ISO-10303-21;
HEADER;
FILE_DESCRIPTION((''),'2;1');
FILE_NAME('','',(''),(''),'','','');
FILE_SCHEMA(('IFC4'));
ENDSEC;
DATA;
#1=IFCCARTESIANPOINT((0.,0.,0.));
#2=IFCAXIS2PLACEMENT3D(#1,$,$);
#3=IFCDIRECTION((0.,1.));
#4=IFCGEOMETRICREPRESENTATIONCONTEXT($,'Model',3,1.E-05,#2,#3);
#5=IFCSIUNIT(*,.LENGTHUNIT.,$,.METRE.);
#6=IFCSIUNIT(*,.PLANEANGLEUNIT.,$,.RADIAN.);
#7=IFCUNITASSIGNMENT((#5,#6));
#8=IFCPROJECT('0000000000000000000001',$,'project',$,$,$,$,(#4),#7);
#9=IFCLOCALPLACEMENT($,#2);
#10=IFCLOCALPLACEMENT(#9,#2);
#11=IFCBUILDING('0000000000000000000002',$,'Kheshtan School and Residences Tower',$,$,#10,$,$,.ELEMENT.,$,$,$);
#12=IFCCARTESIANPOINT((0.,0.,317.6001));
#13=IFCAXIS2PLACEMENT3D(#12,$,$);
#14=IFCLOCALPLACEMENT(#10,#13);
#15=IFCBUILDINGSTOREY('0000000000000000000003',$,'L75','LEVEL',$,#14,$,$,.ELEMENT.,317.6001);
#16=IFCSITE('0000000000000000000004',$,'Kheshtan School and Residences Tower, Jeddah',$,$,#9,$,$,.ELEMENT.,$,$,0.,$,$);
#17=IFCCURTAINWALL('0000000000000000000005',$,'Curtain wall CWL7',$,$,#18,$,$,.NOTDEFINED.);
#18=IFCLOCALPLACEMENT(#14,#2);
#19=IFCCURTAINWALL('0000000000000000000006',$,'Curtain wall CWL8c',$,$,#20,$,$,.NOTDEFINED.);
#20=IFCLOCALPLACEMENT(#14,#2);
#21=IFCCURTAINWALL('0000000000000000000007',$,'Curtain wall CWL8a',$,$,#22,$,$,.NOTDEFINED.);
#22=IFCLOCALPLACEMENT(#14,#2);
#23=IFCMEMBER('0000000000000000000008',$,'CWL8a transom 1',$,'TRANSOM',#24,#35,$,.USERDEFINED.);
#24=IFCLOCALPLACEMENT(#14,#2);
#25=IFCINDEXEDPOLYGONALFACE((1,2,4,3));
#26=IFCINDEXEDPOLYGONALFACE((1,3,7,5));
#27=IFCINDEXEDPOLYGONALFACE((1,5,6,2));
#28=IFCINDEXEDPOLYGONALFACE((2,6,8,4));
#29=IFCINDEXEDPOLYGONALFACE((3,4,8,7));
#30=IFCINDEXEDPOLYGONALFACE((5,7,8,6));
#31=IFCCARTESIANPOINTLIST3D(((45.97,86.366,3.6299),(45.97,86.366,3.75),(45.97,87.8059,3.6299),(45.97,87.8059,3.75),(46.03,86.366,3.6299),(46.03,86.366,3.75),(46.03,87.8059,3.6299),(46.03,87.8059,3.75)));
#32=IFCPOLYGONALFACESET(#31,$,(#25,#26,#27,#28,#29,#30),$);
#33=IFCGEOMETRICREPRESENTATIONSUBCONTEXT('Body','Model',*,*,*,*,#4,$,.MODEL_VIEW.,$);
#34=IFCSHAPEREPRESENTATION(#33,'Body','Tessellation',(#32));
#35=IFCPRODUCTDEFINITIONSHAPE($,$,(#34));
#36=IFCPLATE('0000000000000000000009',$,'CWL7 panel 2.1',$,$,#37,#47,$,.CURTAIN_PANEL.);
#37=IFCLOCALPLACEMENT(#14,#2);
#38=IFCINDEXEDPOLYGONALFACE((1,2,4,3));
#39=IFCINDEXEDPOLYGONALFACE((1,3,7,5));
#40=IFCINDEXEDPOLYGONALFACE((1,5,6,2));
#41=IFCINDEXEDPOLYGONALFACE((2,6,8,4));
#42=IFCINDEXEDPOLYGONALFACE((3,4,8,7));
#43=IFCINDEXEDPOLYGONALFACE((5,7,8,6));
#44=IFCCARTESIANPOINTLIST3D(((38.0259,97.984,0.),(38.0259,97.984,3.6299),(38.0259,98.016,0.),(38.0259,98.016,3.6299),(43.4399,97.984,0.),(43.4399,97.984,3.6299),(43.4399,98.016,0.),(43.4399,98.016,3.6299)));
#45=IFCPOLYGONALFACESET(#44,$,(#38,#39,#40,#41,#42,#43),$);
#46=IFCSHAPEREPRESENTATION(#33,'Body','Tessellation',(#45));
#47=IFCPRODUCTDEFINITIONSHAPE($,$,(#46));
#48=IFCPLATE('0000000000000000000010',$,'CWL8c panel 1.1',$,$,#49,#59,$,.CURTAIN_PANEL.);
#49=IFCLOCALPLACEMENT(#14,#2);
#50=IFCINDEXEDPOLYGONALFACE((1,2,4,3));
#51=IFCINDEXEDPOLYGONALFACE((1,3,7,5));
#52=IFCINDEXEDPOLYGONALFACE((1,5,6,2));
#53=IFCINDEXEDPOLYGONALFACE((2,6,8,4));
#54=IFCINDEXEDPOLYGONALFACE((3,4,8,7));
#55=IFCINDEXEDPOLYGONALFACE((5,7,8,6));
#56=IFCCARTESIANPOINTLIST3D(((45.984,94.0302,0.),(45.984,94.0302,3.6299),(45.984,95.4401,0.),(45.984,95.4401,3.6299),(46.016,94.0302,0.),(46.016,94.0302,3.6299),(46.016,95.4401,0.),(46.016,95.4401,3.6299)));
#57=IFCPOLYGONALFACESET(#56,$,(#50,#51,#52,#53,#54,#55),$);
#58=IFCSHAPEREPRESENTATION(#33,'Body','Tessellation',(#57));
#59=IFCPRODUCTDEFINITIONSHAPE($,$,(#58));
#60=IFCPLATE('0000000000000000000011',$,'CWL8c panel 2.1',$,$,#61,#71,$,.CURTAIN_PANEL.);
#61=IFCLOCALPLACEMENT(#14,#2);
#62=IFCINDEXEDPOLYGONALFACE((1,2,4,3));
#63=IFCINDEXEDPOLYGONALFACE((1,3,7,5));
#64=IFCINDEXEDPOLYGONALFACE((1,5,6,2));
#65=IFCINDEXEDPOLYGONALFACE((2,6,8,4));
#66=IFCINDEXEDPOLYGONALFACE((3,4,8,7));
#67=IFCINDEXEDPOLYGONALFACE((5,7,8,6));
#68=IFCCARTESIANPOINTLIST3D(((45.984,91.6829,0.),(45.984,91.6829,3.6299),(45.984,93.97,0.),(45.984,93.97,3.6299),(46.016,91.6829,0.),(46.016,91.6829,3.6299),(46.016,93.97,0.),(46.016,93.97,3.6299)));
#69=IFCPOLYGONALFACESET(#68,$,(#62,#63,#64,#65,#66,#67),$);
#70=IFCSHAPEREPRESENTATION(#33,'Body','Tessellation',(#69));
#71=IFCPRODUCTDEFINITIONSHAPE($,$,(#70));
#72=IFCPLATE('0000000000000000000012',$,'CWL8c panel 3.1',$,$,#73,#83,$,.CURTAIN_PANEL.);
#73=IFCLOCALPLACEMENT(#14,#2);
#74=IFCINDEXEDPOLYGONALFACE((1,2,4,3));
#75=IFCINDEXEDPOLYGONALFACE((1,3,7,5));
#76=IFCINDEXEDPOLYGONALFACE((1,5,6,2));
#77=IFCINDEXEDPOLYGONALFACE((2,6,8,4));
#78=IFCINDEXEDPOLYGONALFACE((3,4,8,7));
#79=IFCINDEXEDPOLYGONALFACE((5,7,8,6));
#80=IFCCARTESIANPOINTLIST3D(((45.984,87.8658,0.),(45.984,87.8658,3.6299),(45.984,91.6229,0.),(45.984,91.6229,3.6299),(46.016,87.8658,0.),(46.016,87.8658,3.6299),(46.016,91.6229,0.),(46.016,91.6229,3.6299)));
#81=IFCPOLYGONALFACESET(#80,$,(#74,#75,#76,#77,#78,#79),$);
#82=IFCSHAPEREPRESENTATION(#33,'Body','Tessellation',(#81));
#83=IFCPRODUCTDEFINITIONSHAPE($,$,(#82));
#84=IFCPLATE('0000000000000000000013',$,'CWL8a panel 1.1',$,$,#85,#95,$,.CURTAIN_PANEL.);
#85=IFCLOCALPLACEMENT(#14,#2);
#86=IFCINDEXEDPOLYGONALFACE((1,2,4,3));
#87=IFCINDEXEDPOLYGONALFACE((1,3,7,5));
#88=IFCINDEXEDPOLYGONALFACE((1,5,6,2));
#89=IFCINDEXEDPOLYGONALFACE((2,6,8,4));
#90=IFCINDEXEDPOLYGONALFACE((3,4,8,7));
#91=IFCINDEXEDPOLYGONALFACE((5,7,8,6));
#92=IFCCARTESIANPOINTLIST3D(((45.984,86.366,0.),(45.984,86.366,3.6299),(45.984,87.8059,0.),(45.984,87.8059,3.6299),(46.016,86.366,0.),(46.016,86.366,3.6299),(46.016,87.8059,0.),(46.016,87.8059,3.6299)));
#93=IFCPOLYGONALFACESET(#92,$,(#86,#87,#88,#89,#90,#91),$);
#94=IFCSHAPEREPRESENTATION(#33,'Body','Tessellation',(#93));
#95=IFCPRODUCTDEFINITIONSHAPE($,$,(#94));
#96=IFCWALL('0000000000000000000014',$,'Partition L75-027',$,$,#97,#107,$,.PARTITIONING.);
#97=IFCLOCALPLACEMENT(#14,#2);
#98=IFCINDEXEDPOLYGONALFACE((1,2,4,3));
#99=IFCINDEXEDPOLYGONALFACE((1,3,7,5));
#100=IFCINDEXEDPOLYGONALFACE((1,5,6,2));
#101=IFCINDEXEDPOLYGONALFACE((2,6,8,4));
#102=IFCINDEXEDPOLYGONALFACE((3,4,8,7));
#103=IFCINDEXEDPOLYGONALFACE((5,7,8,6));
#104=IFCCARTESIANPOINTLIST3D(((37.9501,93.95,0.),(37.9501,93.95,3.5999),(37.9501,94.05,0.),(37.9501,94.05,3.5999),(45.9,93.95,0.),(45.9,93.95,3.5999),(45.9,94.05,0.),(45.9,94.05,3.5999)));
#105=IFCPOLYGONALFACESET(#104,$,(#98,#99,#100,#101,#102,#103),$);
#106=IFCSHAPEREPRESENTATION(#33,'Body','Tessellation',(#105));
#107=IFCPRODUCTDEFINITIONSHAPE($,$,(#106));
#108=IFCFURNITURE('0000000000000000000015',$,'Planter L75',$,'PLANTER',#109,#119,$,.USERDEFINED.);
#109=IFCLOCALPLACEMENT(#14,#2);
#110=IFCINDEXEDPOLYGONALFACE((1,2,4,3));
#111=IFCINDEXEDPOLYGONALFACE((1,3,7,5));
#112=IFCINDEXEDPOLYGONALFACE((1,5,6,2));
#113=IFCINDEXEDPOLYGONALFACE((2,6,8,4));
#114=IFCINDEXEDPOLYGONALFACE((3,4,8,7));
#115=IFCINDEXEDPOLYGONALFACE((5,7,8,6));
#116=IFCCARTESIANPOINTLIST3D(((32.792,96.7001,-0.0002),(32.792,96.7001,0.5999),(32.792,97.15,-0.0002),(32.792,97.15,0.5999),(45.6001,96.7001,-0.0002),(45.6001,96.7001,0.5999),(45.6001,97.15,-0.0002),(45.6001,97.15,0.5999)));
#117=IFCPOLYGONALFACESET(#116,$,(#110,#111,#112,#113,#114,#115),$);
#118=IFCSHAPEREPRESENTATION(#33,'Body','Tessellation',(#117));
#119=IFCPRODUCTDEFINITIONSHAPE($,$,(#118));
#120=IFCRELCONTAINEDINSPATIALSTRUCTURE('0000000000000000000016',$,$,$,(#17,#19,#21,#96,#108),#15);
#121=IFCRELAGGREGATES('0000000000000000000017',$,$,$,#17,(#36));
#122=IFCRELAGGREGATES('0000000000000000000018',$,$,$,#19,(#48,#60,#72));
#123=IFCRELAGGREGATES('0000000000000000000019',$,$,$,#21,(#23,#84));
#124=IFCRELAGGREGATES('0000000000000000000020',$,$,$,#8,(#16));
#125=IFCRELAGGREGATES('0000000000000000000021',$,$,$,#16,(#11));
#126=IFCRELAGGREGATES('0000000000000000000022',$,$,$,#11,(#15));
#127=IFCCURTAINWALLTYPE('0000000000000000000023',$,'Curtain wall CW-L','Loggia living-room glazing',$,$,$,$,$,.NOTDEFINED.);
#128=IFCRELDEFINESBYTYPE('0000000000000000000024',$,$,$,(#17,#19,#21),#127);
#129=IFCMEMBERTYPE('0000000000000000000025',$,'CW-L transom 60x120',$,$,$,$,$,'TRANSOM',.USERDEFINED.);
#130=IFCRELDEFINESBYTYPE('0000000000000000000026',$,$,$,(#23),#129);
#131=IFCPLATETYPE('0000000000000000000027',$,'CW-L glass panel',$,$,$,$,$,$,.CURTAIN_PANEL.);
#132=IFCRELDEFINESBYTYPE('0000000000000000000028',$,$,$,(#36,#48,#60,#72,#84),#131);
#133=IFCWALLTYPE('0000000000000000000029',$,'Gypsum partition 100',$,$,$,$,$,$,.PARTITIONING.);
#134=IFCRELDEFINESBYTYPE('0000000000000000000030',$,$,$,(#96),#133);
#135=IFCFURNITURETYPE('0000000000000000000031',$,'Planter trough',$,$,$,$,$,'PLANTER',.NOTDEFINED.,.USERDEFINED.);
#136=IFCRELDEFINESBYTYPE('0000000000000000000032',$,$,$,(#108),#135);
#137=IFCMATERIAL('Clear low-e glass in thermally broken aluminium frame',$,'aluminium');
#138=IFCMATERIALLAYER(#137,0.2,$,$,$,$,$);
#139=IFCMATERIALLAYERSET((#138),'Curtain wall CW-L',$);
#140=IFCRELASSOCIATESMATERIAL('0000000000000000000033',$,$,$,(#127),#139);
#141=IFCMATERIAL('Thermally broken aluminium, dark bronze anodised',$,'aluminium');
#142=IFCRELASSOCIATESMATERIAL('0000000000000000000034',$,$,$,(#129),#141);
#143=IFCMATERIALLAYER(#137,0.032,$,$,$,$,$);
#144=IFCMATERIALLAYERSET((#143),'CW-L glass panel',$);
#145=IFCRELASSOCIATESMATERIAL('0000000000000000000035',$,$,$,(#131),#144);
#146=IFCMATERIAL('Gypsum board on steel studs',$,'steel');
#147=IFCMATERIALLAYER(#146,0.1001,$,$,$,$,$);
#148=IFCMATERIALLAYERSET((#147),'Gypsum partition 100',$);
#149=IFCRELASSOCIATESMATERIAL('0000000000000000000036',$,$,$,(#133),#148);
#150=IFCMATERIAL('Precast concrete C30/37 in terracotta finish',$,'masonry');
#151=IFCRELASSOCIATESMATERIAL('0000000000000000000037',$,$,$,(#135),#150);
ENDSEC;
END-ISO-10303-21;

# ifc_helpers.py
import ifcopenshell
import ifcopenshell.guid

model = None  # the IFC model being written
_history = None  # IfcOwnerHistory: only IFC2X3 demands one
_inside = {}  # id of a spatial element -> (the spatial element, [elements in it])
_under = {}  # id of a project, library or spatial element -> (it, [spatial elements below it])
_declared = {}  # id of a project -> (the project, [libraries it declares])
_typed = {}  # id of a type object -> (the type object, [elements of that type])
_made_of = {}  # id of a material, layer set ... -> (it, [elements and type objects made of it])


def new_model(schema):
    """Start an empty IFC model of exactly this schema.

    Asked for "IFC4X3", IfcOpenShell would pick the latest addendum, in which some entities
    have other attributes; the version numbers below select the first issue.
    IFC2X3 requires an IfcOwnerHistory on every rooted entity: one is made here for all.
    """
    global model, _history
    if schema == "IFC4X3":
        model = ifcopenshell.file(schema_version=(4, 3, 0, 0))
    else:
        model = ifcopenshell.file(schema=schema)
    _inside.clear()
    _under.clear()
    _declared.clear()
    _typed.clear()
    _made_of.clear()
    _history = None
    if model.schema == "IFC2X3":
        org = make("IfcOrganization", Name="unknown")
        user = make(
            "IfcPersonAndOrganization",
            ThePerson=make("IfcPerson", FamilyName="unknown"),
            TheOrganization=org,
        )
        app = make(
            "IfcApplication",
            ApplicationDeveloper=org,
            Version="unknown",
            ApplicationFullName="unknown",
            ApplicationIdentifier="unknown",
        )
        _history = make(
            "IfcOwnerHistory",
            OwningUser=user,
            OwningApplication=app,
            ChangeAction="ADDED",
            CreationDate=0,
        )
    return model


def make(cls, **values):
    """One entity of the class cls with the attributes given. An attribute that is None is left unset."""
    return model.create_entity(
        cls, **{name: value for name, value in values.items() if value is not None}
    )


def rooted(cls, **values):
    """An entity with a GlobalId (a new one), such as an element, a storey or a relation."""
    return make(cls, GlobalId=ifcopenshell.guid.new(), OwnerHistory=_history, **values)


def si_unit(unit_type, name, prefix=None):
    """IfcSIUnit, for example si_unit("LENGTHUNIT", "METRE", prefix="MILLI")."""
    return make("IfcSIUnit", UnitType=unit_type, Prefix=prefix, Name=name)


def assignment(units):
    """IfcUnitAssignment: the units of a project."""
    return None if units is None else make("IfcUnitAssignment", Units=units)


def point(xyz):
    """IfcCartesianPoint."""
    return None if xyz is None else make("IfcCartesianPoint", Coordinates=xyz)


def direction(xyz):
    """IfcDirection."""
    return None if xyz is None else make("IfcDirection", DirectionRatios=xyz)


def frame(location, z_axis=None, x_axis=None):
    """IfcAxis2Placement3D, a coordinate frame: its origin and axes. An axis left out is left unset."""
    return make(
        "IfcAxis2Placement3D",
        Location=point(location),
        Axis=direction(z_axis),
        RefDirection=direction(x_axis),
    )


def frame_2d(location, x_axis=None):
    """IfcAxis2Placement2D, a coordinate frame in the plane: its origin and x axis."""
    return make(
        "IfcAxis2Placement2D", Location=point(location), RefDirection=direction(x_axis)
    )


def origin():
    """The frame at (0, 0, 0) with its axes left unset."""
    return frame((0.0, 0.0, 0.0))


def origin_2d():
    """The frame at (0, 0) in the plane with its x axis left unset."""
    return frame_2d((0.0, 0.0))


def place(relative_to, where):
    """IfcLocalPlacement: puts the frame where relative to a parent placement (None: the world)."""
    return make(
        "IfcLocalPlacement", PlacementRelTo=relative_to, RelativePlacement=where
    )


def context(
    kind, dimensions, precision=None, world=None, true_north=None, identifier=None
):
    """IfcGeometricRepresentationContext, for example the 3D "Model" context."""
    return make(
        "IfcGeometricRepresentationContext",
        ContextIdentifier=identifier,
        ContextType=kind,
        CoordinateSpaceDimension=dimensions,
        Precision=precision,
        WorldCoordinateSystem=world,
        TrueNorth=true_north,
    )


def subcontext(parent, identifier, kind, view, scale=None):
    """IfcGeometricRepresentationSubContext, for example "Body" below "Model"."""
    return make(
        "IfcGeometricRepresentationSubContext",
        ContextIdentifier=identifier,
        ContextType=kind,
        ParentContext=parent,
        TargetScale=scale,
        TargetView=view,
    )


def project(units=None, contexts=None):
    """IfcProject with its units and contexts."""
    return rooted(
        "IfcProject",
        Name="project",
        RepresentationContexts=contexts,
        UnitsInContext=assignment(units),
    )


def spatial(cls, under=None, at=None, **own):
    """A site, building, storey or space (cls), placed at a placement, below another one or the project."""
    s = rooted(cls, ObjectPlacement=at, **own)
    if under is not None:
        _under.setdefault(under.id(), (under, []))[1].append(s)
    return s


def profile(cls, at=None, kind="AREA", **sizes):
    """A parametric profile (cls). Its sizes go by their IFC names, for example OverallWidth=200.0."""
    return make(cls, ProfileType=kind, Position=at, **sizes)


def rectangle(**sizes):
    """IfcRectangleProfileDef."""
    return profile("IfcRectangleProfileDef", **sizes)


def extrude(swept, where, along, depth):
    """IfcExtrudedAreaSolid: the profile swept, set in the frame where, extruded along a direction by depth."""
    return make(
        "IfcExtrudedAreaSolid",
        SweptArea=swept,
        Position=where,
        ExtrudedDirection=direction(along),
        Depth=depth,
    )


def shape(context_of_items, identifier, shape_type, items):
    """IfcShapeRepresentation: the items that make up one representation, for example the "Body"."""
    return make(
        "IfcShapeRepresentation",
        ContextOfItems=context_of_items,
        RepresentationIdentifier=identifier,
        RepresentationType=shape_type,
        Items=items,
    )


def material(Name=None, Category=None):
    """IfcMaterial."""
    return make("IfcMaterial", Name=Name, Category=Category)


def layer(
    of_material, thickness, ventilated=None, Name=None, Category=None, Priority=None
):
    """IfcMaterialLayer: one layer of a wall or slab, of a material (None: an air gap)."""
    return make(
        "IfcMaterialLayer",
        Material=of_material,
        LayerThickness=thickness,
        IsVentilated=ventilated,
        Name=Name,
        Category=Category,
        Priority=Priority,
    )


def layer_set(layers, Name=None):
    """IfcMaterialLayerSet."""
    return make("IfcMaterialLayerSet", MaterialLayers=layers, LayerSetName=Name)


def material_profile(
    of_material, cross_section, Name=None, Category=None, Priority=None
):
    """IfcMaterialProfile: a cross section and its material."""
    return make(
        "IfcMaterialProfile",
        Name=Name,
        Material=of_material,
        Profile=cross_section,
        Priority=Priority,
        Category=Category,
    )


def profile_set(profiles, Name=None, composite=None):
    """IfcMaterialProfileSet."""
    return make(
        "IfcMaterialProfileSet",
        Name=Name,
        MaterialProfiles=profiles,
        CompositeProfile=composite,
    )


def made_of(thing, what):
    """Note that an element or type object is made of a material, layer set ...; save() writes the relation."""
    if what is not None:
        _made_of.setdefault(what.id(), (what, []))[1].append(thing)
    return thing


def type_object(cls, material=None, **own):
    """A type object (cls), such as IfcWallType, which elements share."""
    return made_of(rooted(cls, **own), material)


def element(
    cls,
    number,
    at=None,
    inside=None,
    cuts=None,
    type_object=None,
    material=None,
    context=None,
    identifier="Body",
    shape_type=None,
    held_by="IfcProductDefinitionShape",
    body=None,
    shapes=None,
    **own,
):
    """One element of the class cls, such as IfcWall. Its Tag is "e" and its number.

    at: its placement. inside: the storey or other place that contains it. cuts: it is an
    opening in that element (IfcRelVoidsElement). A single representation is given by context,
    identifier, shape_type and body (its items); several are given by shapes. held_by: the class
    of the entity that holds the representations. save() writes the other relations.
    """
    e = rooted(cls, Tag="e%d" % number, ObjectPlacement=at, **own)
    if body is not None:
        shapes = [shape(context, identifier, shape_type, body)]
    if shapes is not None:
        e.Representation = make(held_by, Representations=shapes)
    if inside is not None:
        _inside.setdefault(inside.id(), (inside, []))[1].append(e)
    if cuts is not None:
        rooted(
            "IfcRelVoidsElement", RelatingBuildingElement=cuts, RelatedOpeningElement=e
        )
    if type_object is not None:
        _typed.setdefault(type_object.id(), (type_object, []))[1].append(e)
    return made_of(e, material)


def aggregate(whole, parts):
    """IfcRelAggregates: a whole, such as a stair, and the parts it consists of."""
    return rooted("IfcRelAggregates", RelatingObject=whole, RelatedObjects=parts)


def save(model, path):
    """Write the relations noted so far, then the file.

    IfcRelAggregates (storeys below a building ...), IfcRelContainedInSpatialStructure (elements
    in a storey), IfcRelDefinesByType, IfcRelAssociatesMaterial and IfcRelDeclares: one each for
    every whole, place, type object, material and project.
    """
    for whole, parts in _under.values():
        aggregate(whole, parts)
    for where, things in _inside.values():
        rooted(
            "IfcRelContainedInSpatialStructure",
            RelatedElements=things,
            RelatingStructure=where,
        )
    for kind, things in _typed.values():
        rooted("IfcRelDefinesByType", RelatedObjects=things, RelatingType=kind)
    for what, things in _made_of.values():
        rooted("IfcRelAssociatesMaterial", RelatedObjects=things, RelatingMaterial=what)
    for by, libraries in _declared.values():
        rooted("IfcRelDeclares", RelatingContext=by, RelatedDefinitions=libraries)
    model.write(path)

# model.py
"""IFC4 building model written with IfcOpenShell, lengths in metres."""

from ifc_helpers import new_model, si_unit, direction, frame, frame_2d, origin, origin_2d, place, context, subcontext, project, spatial, rectangle, extrude, material, layer, layer_set, material_profile, profile_set, type_object, element, aggregate, save


model = new_model("IFC4")

# Units and contexts
model_context = context("Model", 3, precision=1e-05, world=origin(), true_north=direction((0.0, 1.0)))
body_context = subcontext(model_context, "Body", "Model", "MODEL_VIEW")
ifc_project = project(units=[si_unit("LENGTHUNIT", "METRE"), si_unit("PLANEANGLEUNIT", "RADIAN")], contexts=[model_context])

# Site, building, storey
site_placement = place(None, origin())
site = spatial("IfcSite", under=ifc_project, at=site_placement, Name="Kheshtan School and Residences Tower, Jeddah", CompositionType="ELEMENT", RefElevation=0.0)
building_placement = place(site_placement, origin())
building = spatial("IfcBuilding", under=site, at=building_placement, Name="Kheshtan School and Residences Tower", CompositionType="ELEMENT")
storey_placement = place(building_placement, frame((0.0, 0.0, 317.6001)))
storey = spatial("IfcBuildingStorey", under=building, at=storey_placement, Name="L75", Description="LEVEL", CompositionType="ELEMENT", Elevation=317.6001)

# Curtain walls
ifc_material_1 = material(Name="Clear low-e glass in thermally broken aluminium frame", Category="aluminium")
ifc_layer_1 = layer(ifc_material_1, 0.2)
ifc_layer_set_1 = layer_set([ifc_layer_1], Name="Curtain wall CW-L")
curtain_wall_type = type_object("IfcCurtainWallType", Name="Curtain wall CW-L", Description="Loggia living-room glazing", PredefinedType="NOTDEFINED", material=ifc_layer_set_1)
curtain_wall_1_placement = place(storey_placement, origin())
curtain_wall_1 = element("IfcCurtainWall", 1, at=curtain_wall_1_placement, inside=storey, type_object=curtain_wall_type, Name="Curtain wall CWL7", PredefinedType="NOTDEFINED")
ifc_material_2 = material(Name="Thermally broken aluminium, dark bronze anodised", Category="aluminium")
curtain_wall_2_placement = place(storey_placement, origin())
curtain_wall_2 = element("IfcCurtainWall", 2, at=curtain_wall_2_placement, inside=storey, type_object=curtain_wall_type, Name="Curtain wall CWL8c", PredefinedType="NOTDEFINED")
ifc_material_profile_1 = material_profile(ifc_material_2, rectangle(XDim=0.0601, YDim=0.1201, at=origin_2d()), Name="CW-L transom 60x120")
ifc_profile_set_1 = profile_set([ifc_material_profile_1], Name="Thermally broken aluminium, dark bronze anodised")
member_type_1 = type_object("IfcMemberType", Name="CW-L transom 60x120", ElementType="TRANSOM", PredefinedType="USERDEFINED", material=ifc_profile_set_1)

# Curtain wall, member
curtain_wall_3_placement = place(storey_placement, origin())
curtain_wall_3 = element("IfcCurtainWall", 3, at=curtain_wall_3_placement, inside=storey, type_object=curtain_wall_type, Name="Curtain wall CWL8a", PredefinedType="NOTDEFINED")
member_1_placement = place(storey_placement, frame((46.0, 87.8059, 3.6899), z_axis=(0.0, -1.0, 0.0), x_axis=(1.0, 0.0, 0.0)))
member_1 = element("IfcMember", 4, at=member_1_placement, type_object=member_type_1, Name="CWL8a transom 1", ObjectType="TRANSOM", PredefinedType="USERDEFINED", context=body_context, shape_type="SweptSolid", body=[
    extrude(rectangle(XDim=0.0601, YDim=0.1201, at=origin_2d()), origin(), (0.0, 0.0, 1.0), 1.4399),
])

# Plates
ifc_layer_2 = layer(ifc_material_1, 0.032)
ifc_layer_set_2 = layer_set([ifc_layer_2], Name="CW-L glass panel")
plate_type = type_object("IfcPlateType", Name="CW-L glass panel", PredefinedType="CURTAIN_PANEL", material=ifc_layer_set_2)
plate_1_placement = place(storey_placement, frame((40.7329, 98.0, 0.0), z_axis=(0.0, 0.0, 1.0), x_axis=(1.0, 0.0, 0.0)))
plate_1 = element("IfcPlate", 5, at=plate_1_placement, type_object=plate_type, Name="CWL7 panel 2.1", PredefinedType="CURTAIN_PANEL", context=body_context, shape_type="SweptSolid", body=[
    extrude(rectangle(XDim=5.4141, YDim=0.032, at=origin_2d()), origin(), (0.0, 0.0, 1.0), 3.6299),
])
aggregate(curtain_wall_1, [plate_1])
plate_2_placement = place(storey_placement, frame((46.0, 94.7351, 0.0), z_axis=(0.0, 0.0, 1.0), x_axis=(0.0, -1.0, 0.0)))
plate_2 = element("IfcPlate", 6, at=plate_2_placement, type_object=plate_type, Name="CWL8c panel 1.1", PredefinedType="CURTAIN_PANEL", context=body_context, shape_type="SweptSolid", body=[
    extrude(rectangle(XDim=1.4099, YDim=0.032, at=origin_2d()), origin(), (0.0, 0.0, 1.0), 3.6299),
])
plate_3_placement = place(storey_placement, frame((46.0, 92.8264, 0.0), z_axis=(0.0, 0.0, 1.0), x_axis=(0.0, -1.0, 0.0)))
plate_3 = element("IfcPlate", 7, at=plate_3_placement, type_object=plate_type, Name="CWL8c panel 2.1", PredefinedType="CURTAIN_PANEL", context=body_context, shape_type="SweptSolid", body=[
    extrude(rectangle(XDim=2.2871, YDim=0.032, at=origin_2d()), origin(), (0.0, 0.0, 1.0), 3.6299),
])
plate_4_placement = place(storey_placement, frame((46.0, 89.7444, 0.0), z_axis=(0.0, 0.0, 1.0), x_axis=(0.0, -1.0, 0.0)))
plate_4 = element("IfcPlate", 8, at=plate_4_placement, type_object=plate_type, Name="CWL8c panel 3.1", PredefinedType="CURTAIN_PANEL", context=body_context, shape_type="SweptSolid", body=[
    extrude(rectangle(XDim=3.7571, YDim=0.032, at=origin_2d()), origin(), (0.0, 0.0, 1.0), 3.6299),
])
aggregate(curtain_wall_2, [plate_2, plate_3, plate_4])
plate_5_placement = place(storey_placement, frame((46.0, 87.0859, 0.0), z_axis=(0.0, 0.0, 1.0), x_axis=(0.0, -1.0, 0.0)))
plate_5 = element("IfcPlate", 9, at=plate_5_placement, type_object=plate_type, Name="CWL8a panel 1.1", PredefinedType="CURTAIN_PANEL", context=body_context, shape_type="SweptSolid", body=[
    extrude(rectangle(XDim=1.4399, YDim=0.032, at=origin_2d()), origin(), (0.0, 0.0, 1.0), 3.6299),
])
aggregate(curtain_wall_3, [member_1, plate_5])

# Wall
ifc_material_3 = material(Name="Gypsum board on steel studs", Category="steel")
ifc_layer_3 = layer(ifc_material_3, 0.1001)
ifc_layer_set_3 = layer_set([ifc_layer_3], Name="Gypsum partition 100")
wall_type_1 = type_object("IfcWallType", Name="Gypsum partition 100", PredefinedType="PARTITIONING", material=ifc_layer_set_3)
wall_1_placement = place(storey_placement, frame((37.95, 94.0, 0.0), z_axis=(0.0, 0.0, 1.0), x_axis=(1.0, 0.0, 0.0)))
element("IfcWall", 10, at=wall_1_placement, inside=storey, type_object=wall_type_1, Name="Partition L75-027", PredefinedType="PARTITIONING", context=body_context, shape_type="SweptSolid", body=[
    extrude(rectangle(XDim=7.95, YDim=0.1001, at=frame_2d((3.9751, 0.0))), origin(), (0.0, 0.0, 1.0), 3.5999),
])

# Furniture
ifc_material_4 = material(Name="Precast concrete C30/37 in terracotta finish", Category="masonry")
furniture_type = type_object("IfcFurnitureType", Name="Planter trough", ElementType="PLANTER", AssemblyPlace="NOTDEFINED", PredefinedType="USERDEFINED", material=ifc_material_4)
furniture_placement = place(storey_placement, frame((39.196, 96.925, -0.0002), z_axis=(0.0, 0.0, 1.0), x_axis=(1.0, 0.0, 0.0)))
element("IfcFurniture", 11, at=furniture_placement, inside=storey, type_object=furniture_type, Name="Planter L75", ObjectType="PLANTER", PredefinedType="USERDEFINED", context=body_context, shape_type="SweptSolid", body=[
    extrude(rectangle(XDim=12.8081, YDim=0.45, at=origin_2d()), origin(), (0.0, 0.0, 1.0), 0.6001),
])

save(model, "model.ifc")
